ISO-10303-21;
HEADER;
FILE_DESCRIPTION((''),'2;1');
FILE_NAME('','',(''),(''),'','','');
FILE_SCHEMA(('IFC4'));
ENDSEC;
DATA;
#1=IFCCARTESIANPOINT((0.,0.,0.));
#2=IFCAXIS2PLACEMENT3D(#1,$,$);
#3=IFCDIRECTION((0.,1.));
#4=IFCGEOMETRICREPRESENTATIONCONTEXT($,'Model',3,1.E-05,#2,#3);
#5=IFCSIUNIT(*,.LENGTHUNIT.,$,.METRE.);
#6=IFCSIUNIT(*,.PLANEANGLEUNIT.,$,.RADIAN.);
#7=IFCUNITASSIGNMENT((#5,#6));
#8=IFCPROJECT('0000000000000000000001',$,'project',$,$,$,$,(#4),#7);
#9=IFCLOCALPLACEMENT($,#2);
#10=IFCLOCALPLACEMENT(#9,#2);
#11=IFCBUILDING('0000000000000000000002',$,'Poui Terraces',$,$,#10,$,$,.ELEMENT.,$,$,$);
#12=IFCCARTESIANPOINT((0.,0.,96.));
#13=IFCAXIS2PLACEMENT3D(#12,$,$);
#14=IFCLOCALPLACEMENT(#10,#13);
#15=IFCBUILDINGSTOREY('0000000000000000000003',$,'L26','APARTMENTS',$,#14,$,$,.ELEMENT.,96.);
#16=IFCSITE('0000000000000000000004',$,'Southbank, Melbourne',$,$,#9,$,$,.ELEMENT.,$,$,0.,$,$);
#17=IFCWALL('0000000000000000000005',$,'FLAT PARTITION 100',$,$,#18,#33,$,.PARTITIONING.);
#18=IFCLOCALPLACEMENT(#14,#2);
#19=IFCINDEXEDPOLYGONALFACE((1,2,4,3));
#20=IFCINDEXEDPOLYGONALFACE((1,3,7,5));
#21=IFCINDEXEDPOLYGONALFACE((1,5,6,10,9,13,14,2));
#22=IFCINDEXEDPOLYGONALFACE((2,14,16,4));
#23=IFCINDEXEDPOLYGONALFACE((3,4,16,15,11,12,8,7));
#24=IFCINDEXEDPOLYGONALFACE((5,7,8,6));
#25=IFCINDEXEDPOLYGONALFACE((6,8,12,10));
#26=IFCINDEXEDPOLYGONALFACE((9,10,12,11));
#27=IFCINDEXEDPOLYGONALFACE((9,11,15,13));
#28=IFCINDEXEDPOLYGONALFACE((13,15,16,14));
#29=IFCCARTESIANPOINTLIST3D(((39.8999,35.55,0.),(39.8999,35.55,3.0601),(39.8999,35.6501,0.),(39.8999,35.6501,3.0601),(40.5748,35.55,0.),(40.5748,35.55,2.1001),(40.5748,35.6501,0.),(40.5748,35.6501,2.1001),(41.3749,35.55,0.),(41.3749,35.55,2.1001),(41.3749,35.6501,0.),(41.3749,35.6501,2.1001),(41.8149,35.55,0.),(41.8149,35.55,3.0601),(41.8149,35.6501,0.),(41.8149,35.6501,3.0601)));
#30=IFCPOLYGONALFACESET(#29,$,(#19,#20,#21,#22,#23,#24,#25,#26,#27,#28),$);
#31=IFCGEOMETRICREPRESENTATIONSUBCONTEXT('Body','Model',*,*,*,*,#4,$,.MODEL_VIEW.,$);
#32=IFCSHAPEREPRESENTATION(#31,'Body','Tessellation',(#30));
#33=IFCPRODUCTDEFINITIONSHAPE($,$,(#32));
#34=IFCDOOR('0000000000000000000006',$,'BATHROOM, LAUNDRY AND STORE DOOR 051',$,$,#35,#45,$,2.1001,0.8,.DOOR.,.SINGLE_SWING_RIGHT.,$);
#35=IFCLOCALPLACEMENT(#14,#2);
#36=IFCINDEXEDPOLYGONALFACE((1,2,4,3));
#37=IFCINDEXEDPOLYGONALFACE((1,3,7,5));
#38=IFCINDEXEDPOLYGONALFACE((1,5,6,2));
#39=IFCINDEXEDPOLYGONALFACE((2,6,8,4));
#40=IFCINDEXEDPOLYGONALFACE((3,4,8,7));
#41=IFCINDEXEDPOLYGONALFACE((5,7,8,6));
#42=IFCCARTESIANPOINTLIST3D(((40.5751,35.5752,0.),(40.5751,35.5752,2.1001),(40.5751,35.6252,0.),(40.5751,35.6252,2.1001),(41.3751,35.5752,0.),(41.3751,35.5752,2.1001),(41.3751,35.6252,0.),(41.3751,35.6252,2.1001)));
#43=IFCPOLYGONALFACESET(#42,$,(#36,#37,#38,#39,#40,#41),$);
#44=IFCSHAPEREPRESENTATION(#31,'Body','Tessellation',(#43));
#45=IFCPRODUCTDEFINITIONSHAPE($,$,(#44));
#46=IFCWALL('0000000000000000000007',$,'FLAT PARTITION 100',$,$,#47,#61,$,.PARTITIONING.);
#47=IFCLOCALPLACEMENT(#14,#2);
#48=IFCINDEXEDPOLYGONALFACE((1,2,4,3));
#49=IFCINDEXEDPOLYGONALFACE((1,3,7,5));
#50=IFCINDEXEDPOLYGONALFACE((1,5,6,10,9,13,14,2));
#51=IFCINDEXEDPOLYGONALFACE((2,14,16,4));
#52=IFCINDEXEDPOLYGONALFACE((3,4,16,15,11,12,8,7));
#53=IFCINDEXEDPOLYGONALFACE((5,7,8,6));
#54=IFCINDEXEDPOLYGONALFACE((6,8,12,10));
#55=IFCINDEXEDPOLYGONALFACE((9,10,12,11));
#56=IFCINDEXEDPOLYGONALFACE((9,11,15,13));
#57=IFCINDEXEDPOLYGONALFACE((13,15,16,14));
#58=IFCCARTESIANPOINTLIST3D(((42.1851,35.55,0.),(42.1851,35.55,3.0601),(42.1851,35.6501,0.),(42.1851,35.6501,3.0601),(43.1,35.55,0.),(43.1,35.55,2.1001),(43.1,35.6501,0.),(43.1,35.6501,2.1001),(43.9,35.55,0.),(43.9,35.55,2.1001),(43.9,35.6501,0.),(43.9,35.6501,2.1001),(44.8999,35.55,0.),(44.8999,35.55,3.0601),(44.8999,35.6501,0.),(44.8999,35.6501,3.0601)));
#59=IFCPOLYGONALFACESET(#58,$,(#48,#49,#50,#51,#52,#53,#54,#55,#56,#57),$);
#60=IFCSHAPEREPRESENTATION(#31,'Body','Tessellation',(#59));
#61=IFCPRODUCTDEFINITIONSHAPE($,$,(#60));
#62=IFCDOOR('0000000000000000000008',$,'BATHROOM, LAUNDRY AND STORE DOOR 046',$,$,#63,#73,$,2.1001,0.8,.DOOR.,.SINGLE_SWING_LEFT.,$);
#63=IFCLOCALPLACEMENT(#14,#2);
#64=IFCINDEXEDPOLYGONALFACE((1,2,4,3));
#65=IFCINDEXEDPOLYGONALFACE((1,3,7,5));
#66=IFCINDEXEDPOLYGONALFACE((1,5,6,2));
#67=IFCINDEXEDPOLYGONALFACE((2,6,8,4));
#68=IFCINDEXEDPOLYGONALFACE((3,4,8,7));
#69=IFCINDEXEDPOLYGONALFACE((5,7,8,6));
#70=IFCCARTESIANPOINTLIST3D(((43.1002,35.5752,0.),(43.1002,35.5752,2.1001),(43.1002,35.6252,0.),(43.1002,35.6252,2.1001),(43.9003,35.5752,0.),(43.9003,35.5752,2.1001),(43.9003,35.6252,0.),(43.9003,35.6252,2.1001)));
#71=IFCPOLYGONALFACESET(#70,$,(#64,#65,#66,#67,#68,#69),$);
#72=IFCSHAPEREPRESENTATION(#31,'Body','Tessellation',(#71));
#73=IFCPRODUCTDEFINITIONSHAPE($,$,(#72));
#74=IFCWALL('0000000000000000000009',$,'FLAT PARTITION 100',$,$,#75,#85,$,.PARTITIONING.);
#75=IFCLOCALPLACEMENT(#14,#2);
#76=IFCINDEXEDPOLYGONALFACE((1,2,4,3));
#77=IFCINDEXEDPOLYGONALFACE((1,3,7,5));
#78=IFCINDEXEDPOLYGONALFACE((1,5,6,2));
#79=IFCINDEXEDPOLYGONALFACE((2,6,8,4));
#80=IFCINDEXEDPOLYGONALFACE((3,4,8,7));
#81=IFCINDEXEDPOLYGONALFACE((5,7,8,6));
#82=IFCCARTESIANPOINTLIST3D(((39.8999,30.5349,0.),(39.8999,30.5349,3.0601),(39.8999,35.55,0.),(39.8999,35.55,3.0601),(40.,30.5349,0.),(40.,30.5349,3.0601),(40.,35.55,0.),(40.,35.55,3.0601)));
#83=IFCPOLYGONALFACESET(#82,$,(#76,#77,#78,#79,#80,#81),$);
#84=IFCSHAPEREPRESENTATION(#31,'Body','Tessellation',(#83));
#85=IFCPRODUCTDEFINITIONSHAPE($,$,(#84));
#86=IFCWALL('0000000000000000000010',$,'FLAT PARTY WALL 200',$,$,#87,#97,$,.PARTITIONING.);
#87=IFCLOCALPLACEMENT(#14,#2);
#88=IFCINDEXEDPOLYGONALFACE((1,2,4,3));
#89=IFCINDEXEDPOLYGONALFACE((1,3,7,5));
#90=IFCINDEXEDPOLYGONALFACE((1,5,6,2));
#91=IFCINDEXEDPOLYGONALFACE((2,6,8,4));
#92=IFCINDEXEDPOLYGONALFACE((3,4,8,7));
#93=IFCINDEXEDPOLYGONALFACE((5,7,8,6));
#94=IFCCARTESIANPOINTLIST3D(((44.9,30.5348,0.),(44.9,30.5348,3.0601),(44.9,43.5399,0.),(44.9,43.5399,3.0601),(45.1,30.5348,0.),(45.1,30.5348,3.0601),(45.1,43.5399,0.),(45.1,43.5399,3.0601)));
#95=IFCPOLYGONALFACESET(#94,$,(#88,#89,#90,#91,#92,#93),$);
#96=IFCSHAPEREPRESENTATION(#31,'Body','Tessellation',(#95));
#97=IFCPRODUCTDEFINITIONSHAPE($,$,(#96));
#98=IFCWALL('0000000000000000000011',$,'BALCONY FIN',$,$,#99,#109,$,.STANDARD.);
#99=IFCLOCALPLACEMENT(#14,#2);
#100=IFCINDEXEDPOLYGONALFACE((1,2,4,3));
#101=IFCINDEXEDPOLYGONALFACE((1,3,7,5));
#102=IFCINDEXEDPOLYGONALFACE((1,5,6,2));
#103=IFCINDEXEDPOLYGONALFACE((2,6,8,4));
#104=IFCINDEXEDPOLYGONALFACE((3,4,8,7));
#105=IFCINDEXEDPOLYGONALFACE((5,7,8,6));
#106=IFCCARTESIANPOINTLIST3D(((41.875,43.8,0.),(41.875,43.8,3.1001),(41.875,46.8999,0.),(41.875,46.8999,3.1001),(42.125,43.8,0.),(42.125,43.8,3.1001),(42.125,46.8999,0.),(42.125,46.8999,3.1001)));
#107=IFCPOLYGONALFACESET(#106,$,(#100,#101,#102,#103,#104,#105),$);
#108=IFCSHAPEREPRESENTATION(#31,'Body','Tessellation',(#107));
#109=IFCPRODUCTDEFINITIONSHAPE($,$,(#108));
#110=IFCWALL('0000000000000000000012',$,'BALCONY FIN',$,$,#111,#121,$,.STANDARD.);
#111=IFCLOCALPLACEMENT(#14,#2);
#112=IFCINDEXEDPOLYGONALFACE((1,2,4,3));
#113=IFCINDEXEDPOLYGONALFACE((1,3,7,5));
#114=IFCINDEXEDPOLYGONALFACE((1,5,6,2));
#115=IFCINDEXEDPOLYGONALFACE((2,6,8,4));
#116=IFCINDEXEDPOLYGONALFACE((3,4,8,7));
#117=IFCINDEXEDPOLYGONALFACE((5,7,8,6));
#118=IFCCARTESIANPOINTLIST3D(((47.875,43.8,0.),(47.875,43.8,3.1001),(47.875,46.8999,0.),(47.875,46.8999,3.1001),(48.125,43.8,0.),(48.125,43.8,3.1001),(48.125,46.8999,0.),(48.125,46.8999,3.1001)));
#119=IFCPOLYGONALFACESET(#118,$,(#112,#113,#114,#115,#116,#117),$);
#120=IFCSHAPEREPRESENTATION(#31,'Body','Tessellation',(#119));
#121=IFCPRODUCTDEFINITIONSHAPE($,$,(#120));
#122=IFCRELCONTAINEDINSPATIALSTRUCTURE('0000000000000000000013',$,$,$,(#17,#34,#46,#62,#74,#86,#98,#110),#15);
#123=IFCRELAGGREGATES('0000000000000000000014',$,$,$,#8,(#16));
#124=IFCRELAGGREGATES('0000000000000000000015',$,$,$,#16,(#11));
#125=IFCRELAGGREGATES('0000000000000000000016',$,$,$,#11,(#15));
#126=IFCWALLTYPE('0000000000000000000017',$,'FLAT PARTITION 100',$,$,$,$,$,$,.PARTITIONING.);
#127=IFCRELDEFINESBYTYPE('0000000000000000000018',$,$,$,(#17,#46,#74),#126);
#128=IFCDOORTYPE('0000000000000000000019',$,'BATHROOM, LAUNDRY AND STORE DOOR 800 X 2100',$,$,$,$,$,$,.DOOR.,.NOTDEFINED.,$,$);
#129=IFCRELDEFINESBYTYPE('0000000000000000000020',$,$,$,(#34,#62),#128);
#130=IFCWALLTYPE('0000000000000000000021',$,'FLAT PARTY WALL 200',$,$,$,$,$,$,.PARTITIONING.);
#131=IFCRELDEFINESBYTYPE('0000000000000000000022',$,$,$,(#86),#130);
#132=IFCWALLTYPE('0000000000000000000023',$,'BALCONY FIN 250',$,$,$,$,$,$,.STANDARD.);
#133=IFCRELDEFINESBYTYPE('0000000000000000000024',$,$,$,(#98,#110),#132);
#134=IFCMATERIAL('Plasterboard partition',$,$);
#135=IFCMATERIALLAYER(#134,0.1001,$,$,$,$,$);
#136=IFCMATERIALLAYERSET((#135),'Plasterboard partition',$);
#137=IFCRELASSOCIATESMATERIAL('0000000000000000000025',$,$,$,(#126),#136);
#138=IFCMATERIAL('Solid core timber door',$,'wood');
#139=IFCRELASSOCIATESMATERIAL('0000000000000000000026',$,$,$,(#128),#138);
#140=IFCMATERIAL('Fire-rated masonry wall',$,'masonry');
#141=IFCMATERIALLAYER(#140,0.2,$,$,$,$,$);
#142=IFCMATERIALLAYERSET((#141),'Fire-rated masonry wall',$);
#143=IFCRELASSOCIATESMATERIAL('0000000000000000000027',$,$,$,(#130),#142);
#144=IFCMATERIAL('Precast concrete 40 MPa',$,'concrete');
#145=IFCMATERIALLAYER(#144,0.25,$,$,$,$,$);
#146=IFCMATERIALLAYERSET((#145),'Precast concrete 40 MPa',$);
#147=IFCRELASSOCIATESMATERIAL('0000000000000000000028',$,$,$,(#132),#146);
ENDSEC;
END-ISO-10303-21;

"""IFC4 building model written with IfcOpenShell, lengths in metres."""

from ifc_helpers import new_model, si_unit, direction, frame, frame_2d, origin, place, context, subcontext, project, spatial, polyline, rectangle, outline, extrude, source, transform, mapped, material, layer, layer_set, type_object, element, fill, save


model = new_model("IFC4")

# Units and contexts
model_context = context("Model", 3, precision=1e-05, world=origin(), true_north=direction((0.0, 1.0)))
body_context = subcontext(model_context, "Body", "Model", "MODEL_VIEW")
ifc_project = project(units=[si_unit("LENGTHUNIT", "METRE"), si_unit("PLANEANGLEUNIT", "RADIAN")], contexts=[model_context])

# Site, building, storey
site_placement = place(None, origin())
site = spatial("IfcSite", under=ifc_project, at=site_placement, Name="Southbank, Melbourne", CompositionType="ELEMENT", RefElevation=0.0)
building_placement = place(site_placement, origin())
building = spatial("IfcBuilding", under=site, at=building_placement, Name="Poui Terraces", CompositionType="ELEMENT")
storey_placement = place(building_placement, frame((0.0, 0.0, 96.0)))
storey = spatial("IfcBuildingStorey", under=building, at=storey_placement, Name="L26", Description="APARTMENTS", CompositionType="ELEMENT", Elevation=96.0)

# Walls, openings, doors
ifc_material_1 = material(Name="Solid core timber door", Category="wood")
ifc_material_2 = material(Name="Plasterboard partition")
ifc_layer_1 = layer(ifc_material_2, 0.1001)
ifc_layer_set_1 = layer_set([ifc_layer_1], Name="Plasterboard partition")
wall_type_1 = type_object("IfcWallType", Name="FLAT PARTITION 100", PredefinedType="PARTITIONING", material=ifc_layer_set_1)
door_type_1 = type_object("IfcDoorType", Name="BATHROOM, LAUNDRY AND STORE DOOR 800 X 2100", OperationType="NOTDEFINED", PredefinedType="DOOR", material=ifc_material_1)
wall_1_placement = place(storey_placement, frame((39.8999, 35.6001, 0.0), z_axis=(0.0, 0.0, 1.0), x_axis=(1.0, 0.0, 0.0)))
wall_1 = element("IfcWall", 1, at=wall_1_placement, inside=storey, type_object=wall_type_1, Name="FLAT PARTITION 100", PredefinedType="PARTITIONING", context=body_context, shape_type="SweptSolid", body=[
    extrude(rectangle(XDim=1.915, YDim=0.1001, at=frame_2d((0.9575, 0.0))), origin(), (0.0, 0.0, 1.0), 3.0601),
])
opening_1_placement = place(wall_1_placement, frame((0.675, 0.0, 0.0)))
opening_1 = element("IfcOpeningElement", 2, at=opening_1_placement, cuts=wall_1, PredefinedType="OPENING", context=body_context, shape_type="SweptSolid", body=[
    extrude(rectangle(XDim=0.8, YDim=2.1001, at=frame_2d((0.3999, 1.05))), frame((0.0, 0.0601, 0.0), z_axis=(0.0, -1.0, 0.0), x_axis=(1.0, 0.0, 0.0)), (0.0, 0.0, 1.0), 0.1201),
])
door_1_placement = place(opening_1_placement, frame((0.8, 0.0, 0.0), z_axis=(0.0, 0.0, 1.0), x_axis=(-1.0, 0.0, 0.0)))
door_1 = element("IfcDoor", 3, at=door_1_placement, inside=storey, type_object=door_type_1, Name="BATHROOM, LAUNDRY AND STORE DOOR 051", OperationType="SINGLE_SWING_RIGHT", OverallHeight=2.1001, OverallWidth=0.8, PredefinedType="DOOR", context=body_context, shape_type="SweptSolid", body=[
    extrude(rectangle(XDim=0.8, YDim=2.1001, at=frame_2d((0.3999, 1.05))), frame((0.0, 0.0249, 0.0), z_axis=(0.0, -1.0, 0.0), x_axis=(1.0, 0.0, 0.0)), (0.0, 0.0, 1.0), 0.05),
])
fill(opening_1, door_1)
wall_2_placement = place(storey_placement, frame((42.1851, 35.6001, 0.0), z_axis=(0.0, 0.0, 1.0), x_axis=(1.0, 0.0, 0.0)))
wall_2 = element("IfcWall", 4, at=wall_2_placement, inside=storey, type_object=wall_type_1, Name="FLAT PARTITION 100", PredefinedType="PARTITIONING", context=body_context, shape_type="SweptSolid", body=[
    extrude(rectangle(XDim=2.7148, YDim=0.1001, at=frame_2d((1.3574, 0.0))), origin(), (0.0, 0.0, 1.0), 3.0601),
])
opening_2_placement = place(wall_2_placement, frame((0.915, 0.0, 0.0)))
opening_2 = element("IfcOpeningElement", 5, at=opening_2_placement, cuts=wall_2, PredefinedType="OPENING", context=body_context, shape_type="SweptSolid", body=[
    extrude(rectangle(XDim=0.8, YDim=2.1001, at=frame_2d((0.3999, 1.05))), frame((0.0, 0.0601, 0.0), z_axis=(0.0, -1.0, 0.0), x_axis=(1.0, 0.0, 0.0)), (0.0, 0.0, 1.0), 0.1201),
])
door_2_placement = place(opening_2_placement, frame((0.8, 0.0, 0.0), z_axis=(0.0, 0.0, 1.0), x_axis=(-1.0, 0.0, 0.0)))
door_2 = element("IfcDoor", 6, at=door_2_placement, inside=storey, type_object=door_type_1, Name="BATHROOM, LAUNDRY AND STORE DOOR 046", OperationType="SINGLE_SWING_LEFT", OverallHeight=2.1001, OverallWidth=0.8, PredefinedType="DOOR", context=body_context, shape_type="SweptSolid", body=[
    extrude(rectangle(XDim=0.8, YDim=2.1001, at=frame_2d((0.3999, 1.05))), frame((0.0, 0.0249, 0.0), z_axis=(0.0, -1.0, 0.0), x_axis=(1.0, 0.0, 0.0)), (0.0, 0.0, 1.0), 0.05),
])
fill(opening_2, door_2)

# Walls
wall_3_placement = place(storey_placement, frame((39.95, 30.5349, 0.0), z_axis=(0.0, 0.0, 1.0), x_axis=(0.0, 1.0, 0.0)))
element("IfcWall", 7, at=wall_3_placement, inside=storey, type_object=wall_type_1, Name="FLAT PARTITION 100", PredefinedType="PARTITIONING", context=body_context, shape_type="SweptSolid", body=[
    extrude(rectangle(XDim=5.0151, YDim=0.1001, at=frame_2d((2.5076, 0.0))), origin(), (0.0, 0.0, 1.0), 3.0601),
])
ifc_material_3 = material(Name="Fire-rated masonry wall", Category="masonry")
ifc_layer_2 = layer(ifc_material_3, 0.2)
ifc_layer_set_2 = layer_set([ifc_layer_2], Name="Fire-rated masonry wall")
wall_type_2 = type_object("IfcWallType", Name="FLAT PARTY WALL 200", PredefinedType="PARTITIONING", material=ifc_layer_set_2)
wall_4_placement = place(storey_placement, frame((45.0, 30.5349, 0.0), z_axis=(0.0, 0.0, 1.0), x_axis=(0.0, 1.0, 0.0)))
element("IfcWall", 8, at=wall_4_placement, inside=storey, type_object=wall_type_2, Name="FLAT PARTY WALL 200", PredefinedType="PARTITIONING", context=body_context, shape_type="SweptSolid", body=[
    extrude(rectangle(XDim=13.0051, YDim=0.2, at=frame_2d((6.5024, 0.0))), origin(), (0.0, 0.0, 1.0), 3.0601),
])
ifc_material_4 = material(Name="Precast concrete 40 MPa", Category="concrete")
ifc_layer_3 = layer(ifc_material_4, 0.25)
ifc_layer_set_3 = layer_set([ifc_layer_3], Name="Precast concrete 40 MPa")
wall_type_3 = type_object("IfcWallType", Name="BALCONY FIN 250", PredefinedType="STANDARD", material=ifc_layer_set_3)
shared_shape_1 = source(origin(), body_context, "Body", "SweptSolid", [
    extrude(outline(polyline([(0.0, 0.0), (0.25, 0.0), (0.25, 3.0999), (0.0, 3.0999), (0.0, 0.0)])), origin(), (0.0, 0.0, 1.0), 3.1001),
])
for number, where, name in (
    (9, (41.875, 43.8, 0.0), "BALCONY FIN"),
    (10, (47.875, 43.8, 0.0), "BALCONY FIN"),
):
    element("IfcWall", number, at=place(storey_placement, frame(where)), inside=storey, type_object=wall_type_3, Name=name, PredefinedType="STANDARD", context=body_context, shape_type="MappedRepresentation", body=[
        mapped(shared_shape_1, transform((0.0, 0.0, 0.0))),
    ])

save(model, "model.ifc")
